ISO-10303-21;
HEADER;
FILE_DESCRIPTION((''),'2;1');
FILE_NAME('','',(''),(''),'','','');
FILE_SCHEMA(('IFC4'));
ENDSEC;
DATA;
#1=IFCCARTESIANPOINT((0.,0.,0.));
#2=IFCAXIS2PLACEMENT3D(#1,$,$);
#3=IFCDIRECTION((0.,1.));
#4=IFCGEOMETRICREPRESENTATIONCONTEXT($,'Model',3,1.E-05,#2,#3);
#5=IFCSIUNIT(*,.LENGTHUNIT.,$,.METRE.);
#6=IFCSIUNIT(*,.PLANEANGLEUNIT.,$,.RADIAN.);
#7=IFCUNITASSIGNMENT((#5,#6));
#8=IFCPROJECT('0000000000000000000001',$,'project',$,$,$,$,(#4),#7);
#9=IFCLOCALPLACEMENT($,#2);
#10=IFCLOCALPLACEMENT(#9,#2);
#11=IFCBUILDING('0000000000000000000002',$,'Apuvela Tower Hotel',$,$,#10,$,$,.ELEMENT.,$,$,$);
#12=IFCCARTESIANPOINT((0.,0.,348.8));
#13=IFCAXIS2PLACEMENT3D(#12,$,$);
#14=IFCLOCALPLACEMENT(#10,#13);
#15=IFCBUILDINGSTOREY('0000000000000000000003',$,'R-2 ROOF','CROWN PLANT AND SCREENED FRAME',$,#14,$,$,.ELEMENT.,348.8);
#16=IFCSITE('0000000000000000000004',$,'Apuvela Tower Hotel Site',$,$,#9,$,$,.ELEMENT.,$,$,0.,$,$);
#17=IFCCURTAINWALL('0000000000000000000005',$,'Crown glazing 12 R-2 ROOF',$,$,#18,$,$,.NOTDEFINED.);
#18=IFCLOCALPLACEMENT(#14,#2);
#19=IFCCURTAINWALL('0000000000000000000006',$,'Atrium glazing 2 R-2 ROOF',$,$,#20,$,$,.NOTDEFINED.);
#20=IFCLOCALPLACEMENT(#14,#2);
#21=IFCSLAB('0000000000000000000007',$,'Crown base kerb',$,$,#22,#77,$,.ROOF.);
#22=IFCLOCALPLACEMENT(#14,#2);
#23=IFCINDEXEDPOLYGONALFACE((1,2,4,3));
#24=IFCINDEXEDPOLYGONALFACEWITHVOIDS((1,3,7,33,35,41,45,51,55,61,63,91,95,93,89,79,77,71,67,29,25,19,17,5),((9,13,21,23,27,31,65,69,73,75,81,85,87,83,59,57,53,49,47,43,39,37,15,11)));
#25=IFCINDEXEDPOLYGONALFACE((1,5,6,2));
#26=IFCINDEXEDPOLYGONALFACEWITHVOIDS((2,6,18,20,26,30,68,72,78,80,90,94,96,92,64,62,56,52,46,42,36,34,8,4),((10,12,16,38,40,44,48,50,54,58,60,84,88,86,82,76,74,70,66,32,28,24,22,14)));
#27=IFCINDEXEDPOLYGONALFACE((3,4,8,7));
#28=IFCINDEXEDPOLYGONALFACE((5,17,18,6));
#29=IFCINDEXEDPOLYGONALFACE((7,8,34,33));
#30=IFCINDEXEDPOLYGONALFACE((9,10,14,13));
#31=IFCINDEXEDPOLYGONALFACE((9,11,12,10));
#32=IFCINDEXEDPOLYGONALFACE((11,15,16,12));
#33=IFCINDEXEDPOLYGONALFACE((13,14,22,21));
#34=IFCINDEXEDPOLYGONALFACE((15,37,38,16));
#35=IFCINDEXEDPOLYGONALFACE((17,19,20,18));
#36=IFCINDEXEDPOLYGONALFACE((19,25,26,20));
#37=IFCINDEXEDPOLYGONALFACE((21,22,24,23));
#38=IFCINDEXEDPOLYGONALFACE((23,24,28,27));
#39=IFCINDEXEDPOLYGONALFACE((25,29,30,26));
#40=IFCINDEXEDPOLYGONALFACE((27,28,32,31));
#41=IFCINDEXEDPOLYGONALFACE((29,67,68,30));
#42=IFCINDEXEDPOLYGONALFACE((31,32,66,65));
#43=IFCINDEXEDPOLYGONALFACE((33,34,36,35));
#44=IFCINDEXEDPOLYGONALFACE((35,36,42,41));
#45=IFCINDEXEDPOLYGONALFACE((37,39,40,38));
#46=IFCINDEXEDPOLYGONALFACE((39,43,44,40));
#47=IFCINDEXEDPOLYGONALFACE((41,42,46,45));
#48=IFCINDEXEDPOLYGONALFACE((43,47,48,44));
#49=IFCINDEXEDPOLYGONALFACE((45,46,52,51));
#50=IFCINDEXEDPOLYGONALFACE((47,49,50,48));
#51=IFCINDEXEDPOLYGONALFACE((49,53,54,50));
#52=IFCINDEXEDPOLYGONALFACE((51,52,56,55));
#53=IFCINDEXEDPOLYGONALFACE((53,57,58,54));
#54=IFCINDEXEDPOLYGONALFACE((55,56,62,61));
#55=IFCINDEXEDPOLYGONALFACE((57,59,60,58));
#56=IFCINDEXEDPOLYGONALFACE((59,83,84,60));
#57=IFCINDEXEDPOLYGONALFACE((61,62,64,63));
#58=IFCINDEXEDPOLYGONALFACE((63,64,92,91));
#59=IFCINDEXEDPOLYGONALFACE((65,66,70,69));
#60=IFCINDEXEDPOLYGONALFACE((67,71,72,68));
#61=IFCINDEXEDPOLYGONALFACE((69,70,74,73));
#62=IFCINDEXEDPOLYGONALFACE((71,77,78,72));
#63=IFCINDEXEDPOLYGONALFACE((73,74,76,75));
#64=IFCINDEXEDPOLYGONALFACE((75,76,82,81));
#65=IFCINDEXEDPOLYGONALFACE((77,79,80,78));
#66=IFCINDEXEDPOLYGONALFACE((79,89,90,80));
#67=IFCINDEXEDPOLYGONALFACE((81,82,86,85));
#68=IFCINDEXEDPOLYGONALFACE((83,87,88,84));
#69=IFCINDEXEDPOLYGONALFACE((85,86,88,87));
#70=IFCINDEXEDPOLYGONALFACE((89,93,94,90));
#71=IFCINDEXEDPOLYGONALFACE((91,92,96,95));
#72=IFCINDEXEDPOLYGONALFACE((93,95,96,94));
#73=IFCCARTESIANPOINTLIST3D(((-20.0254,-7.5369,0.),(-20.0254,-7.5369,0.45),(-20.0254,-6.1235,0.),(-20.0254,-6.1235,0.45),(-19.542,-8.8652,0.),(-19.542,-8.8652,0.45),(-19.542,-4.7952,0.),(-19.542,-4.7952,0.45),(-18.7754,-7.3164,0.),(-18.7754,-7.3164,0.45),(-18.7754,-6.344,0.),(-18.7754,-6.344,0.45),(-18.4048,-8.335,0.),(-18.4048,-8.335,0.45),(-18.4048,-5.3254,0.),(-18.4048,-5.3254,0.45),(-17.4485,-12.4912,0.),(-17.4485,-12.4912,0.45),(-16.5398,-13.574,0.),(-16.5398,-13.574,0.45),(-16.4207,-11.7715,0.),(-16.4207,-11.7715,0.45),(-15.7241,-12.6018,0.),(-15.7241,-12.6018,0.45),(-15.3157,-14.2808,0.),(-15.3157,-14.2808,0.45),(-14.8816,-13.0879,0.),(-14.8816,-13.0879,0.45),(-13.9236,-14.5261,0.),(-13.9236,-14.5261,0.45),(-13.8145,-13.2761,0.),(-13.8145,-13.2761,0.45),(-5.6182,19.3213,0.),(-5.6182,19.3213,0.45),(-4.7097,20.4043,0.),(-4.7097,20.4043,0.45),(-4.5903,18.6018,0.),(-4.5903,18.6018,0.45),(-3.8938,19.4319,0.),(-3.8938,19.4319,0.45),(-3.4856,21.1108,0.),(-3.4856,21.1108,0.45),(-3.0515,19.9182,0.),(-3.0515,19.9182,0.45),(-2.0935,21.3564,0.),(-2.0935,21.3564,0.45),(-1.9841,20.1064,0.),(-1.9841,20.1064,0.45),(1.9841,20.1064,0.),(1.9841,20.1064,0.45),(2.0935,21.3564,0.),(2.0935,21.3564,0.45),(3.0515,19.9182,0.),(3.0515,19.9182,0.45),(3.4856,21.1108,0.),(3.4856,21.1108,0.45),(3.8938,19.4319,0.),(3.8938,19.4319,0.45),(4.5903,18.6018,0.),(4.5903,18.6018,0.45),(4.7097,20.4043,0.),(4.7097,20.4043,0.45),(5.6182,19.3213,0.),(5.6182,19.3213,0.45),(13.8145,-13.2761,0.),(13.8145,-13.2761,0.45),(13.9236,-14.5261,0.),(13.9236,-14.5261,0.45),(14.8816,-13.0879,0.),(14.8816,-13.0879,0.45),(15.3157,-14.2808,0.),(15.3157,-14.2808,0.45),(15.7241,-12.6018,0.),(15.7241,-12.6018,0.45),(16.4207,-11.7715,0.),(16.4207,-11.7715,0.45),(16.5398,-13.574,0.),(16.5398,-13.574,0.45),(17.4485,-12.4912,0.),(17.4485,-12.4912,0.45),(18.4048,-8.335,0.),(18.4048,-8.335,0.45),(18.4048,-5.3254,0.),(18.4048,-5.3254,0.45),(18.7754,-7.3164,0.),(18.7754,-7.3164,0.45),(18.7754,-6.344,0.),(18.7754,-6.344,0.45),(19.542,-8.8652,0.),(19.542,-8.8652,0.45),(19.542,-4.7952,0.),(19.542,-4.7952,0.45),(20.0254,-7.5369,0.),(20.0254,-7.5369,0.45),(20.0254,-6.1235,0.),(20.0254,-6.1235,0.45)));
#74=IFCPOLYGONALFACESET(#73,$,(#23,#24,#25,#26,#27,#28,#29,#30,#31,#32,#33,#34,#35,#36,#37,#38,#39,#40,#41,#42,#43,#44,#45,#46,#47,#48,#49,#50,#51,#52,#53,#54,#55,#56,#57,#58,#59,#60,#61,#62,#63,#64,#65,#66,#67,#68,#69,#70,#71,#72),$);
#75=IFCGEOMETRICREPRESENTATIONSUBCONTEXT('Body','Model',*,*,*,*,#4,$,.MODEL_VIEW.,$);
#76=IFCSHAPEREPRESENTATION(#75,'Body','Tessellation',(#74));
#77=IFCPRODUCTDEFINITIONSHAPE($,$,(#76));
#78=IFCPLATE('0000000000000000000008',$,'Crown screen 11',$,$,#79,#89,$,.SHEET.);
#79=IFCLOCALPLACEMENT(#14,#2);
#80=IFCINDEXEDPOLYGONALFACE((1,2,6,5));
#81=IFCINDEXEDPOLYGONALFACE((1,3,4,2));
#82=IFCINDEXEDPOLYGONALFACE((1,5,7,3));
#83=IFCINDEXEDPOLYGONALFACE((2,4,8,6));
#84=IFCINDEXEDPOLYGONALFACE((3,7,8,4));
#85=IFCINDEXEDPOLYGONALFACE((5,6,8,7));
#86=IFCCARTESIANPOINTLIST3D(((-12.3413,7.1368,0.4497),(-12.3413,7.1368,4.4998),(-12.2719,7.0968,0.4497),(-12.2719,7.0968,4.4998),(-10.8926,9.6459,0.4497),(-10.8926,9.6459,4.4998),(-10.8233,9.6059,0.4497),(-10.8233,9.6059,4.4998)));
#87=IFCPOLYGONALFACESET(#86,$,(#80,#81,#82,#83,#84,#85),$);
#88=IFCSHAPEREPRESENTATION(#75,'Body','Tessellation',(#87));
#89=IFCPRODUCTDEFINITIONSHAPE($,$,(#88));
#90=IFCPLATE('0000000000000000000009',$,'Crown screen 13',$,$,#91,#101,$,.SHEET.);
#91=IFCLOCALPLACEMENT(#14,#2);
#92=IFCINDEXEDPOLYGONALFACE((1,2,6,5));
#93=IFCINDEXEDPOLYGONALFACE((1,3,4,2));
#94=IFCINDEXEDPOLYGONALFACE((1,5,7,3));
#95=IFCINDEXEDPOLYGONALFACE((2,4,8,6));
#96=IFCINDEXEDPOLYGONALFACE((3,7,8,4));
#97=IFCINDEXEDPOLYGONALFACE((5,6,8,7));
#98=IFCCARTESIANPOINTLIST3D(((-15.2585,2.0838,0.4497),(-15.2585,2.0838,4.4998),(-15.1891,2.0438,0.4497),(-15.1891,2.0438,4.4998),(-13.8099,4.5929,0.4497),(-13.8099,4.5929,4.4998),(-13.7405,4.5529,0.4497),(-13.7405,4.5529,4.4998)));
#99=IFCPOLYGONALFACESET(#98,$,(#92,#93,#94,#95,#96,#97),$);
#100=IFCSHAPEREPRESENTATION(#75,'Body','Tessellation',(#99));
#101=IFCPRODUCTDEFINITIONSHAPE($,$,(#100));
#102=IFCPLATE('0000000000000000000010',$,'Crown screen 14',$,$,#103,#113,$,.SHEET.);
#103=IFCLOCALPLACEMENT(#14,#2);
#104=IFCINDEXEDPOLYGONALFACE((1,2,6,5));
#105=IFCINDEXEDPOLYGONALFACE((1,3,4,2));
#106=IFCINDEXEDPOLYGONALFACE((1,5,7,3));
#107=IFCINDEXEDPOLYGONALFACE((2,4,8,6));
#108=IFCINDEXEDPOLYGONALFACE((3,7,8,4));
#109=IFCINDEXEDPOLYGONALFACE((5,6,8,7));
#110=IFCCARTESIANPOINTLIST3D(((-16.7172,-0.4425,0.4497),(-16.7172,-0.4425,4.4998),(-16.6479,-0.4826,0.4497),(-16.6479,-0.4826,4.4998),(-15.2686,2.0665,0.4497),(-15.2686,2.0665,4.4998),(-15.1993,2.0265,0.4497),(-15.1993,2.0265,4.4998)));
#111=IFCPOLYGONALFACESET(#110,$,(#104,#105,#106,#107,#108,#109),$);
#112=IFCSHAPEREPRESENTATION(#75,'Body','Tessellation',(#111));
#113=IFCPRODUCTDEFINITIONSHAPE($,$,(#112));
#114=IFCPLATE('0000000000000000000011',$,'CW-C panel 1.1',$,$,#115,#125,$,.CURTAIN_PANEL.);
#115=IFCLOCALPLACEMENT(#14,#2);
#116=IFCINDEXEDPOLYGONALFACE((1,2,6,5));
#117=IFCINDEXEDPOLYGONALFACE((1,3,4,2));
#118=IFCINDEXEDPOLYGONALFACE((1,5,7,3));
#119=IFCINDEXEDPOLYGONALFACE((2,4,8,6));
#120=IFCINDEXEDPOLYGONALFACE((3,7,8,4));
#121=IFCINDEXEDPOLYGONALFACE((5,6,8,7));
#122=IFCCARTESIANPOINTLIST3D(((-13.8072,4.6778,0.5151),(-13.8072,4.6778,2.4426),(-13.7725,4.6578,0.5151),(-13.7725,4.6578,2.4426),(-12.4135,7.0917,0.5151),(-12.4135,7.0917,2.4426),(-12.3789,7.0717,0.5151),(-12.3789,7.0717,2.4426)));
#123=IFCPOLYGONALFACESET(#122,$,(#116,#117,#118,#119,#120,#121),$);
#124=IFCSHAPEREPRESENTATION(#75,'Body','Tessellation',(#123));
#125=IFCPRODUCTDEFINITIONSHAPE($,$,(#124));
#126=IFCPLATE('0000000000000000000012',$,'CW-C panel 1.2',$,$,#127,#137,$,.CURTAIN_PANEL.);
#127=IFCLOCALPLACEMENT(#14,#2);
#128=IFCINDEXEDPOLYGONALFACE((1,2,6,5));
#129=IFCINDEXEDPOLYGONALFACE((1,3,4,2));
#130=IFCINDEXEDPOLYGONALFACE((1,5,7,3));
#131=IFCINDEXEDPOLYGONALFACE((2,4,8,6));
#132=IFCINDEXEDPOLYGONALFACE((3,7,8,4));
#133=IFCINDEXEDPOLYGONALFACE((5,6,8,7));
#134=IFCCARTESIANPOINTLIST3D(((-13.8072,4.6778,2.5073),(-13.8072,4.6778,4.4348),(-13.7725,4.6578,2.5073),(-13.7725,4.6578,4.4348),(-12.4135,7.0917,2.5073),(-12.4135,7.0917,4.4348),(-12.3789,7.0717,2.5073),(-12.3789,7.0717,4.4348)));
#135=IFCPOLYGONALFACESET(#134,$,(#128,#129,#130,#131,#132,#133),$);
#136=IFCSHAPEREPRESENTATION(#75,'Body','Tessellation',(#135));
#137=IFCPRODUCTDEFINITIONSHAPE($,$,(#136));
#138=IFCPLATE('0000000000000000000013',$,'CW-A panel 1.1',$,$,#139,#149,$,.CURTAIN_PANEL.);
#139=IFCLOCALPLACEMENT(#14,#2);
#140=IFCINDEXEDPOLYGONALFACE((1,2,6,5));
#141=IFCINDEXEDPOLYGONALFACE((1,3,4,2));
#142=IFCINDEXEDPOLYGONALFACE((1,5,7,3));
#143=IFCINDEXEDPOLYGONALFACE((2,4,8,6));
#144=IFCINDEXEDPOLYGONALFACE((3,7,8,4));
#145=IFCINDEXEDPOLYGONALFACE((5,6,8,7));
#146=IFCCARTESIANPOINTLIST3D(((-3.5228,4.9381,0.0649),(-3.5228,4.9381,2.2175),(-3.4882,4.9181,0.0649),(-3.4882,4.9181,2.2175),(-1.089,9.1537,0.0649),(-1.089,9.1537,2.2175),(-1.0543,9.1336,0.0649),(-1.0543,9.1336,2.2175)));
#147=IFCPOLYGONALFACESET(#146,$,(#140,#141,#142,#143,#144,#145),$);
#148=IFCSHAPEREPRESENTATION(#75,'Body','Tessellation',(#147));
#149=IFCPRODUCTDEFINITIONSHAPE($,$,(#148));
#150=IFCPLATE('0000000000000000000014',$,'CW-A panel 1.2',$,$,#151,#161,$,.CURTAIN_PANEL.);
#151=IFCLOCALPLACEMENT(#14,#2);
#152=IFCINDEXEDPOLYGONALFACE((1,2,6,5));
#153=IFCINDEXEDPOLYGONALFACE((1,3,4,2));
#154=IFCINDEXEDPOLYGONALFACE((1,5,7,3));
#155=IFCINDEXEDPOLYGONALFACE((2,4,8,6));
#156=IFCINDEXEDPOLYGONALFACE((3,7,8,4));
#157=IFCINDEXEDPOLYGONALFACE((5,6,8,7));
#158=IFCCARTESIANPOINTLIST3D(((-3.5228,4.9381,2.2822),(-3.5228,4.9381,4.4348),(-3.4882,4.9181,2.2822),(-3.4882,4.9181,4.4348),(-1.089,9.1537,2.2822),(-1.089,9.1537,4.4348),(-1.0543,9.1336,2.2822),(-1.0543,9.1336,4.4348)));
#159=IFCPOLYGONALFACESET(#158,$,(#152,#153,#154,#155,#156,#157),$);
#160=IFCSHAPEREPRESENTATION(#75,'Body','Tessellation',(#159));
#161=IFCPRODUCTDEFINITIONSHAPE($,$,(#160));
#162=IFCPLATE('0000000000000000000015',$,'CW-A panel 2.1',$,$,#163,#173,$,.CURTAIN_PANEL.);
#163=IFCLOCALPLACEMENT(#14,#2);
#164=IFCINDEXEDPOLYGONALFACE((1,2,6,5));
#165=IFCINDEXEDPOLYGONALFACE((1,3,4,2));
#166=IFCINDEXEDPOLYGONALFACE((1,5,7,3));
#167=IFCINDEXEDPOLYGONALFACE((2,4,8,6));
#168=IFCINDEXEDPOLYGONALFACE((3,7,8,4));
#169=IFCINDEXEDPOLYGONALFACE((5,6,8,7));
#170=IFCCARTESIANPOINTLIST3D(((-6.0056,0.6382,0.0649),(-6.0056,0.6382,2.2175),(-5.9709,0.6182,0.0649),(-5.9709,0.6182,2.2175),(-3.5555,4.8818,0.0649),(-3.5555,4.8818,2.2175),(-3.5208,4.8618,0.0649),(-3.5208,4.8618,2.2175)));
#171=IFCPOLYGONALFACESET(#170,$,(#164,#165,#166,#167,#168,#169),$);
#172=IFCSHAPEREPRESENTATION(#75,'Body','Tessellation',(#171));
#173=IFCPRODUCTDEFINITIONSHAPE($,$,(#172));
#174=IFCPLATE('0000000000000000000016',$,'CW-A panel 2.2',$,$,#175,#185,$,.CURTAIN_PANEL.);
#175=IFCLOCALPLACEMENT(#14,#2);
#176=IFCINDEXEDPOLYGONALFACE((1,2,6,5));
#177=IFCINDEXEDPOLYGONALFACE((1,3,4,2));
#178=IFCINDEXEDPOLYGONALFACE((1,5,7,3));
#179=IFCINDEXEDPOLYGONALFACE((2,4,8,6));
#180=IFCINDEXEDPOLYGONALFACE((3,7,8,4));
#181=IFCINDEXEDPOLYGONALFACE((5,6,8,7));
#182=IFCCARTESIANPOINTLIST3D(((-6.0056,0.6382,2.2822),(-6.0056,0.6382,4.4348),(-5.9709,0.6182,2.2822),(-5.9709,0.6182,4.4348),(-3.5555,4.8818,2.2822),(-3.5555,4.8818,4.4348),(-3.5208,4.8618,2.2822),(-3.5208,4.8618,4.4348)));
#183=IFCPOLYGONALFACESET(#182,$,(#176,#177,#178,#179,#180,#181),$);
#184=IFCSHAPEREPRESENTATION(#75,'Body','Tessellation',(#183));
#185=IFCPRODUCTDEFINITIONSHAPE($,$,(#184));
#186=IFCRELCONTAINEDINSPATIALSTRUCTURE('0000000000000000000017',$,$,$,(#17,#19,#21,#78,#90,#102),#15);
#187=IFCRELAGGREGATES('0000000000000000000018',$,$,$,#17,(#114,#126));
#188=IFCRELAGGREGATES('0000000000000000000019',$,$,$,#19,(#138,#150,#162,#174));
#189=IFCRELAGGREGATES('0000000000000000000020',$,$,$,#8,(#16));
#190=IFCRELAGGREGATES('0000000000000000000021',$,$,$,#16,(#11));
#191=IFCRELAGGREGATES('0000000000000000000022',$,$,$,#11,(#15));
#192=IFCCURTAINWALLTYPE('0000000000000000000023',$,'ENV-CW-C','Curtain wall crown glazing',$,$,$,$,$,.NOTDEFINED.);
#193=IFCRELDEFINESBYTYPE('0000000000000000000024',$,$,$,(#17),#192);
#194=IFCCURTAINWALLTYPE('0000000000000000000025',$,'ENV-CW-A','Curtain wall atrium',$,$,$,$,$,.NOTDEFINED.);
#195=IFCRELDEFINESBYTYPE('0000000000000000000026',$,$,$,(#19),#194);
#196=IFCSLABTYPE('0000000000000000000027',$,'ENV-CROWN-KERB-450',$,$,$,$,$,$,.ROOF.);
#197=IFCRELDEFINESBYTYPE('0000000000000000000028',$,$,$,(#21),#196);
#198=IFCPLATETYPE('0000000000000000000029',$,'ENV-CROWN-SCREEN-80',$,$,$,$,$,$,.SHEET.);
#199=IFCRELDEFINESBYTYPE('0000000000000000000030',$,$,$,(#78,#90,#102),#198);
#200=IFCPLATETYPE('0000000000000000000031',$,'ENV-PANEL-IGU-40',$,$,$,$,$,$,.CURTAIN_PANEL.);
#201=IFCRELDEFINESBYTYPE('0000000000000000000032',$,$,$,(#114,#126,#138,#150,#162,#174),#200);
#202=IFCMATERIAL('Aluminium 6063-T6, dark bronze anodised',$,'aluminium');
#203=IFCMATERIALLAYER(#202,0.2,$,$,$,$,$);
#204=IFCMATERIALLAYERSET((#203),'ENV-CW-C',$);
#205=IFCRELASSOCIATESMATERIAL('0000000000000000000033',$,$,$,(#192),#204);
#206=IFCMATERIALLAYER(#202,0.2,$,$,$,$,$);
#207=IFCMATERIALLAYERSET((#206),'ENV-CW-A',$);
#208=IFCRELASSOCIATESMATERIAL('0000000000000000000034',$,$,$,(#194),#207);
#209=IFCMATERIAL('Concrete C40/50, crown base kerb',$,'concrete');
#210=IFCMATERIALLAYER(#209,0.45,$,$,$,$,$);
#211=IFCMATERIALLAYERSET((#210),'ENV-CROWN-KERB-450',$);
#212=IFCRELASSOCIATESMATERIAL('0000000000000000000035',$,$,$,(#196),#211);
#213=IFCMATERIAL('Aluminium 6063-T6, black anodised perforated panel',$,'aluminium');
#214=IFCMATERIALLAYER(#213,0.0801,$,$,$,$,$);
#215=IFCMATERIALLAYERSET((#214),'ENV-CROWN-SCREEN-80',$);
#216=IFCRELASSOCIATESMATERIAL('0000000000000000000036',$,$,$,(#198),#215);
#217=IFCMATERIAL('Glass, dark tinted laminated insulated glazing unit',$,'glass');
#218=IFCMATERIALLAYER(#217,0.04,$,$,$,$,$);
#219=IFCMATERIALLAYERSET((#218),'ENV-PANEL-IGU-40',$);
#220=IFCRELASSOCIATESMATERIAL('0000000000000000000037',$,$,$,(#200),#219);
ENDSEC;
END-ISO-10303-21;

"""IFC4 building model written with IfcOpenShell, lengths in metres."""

from ifc_helpers import new_model, si_unit, direction, frame, origin, origin_2d, place, context, subcontext, project, spatial, polyline, rectangle, outline, extrude, material, layer, layer_set, type_object, element, aggregate, save


model = new_model("IFC4")

# Units and contexts
model_context = context("Model", 3, precision=1e-05, world=origin(), true_north=direction((0.0, 1.0)))
body_context = subcontext(model_context, "Body", "Model", "MODEL_VIEW")
ifc_project = project(units=[si_unit("LENGTHUNIT", "METRE"), si_unit("PLANEANGLEUNIT", "RADIAN")], contexts=[model_context])

# Site, building, storey
site_placement = place(None, origin())
site = spatial("IfcSite", under=ifc_project, at=site_placement, Name="Apuvela Tower Hotel Site", CompositionType="ELEMENT", RefElevation=0.0)
building_placement = place(site_placement, origin())
building = spatial("IfcBuilding", under=site, at=building_placement, Name="Apuvela Tower Hotel", CompositionType="ELEMENT")
storey_placement = place(building_placement, frame((0.0, 0.0, 348.8)))
storey = spatial("IfcBuildingStorey", under=building, at=storey_placement, Name="R-2 ROOF", Description="CROWN PLANT AND SCREENED FRAME", CompositionType="ELEMENT", Elevation=348.8)

# Curtain walls
ifc_material_1 = material(Name="Aluminium 6063-T6, dark bronze anodised", Category="aluminium")
ifc_layer_1 = layer(ifc_material_1, 0.2)
ifc_layer_set_1 = layer_set([ifc_layer_1], Name="ENV-CW-C")
curtain_wall_type_1 = type_object("IfcCurtainWallType", Name="ENV-CW-C", Description="Curtain wall crown glazing", PredefinedType="NOTDEFINED", material=ifc_layer_set_1)
curtain_wall_1_placement = place(storey_placement, origin())
curtain_wall_1 = element("IfcCurtainWall", 1, at=curtain_wall_1_placement, inside=storey, type_object=curtain_wall_type_1, Name="Crown glazing 12 R-2 ROOF", PredefinedType="NOTDEFINED")
ifc_layer_2 = layer(ifc_material_1, 0.2)
ifc_layer_set_2 = layer_set([ifc_layer_2], Name="ENV-CW-A")
curtain_wall_type_2 = type_object("IfcCurtainWallType", Name="ENV-CW-A", Description="Curtain wall atrium", PredefinedType="NOTDEFINED", material=ifc_layer_set_2)
curtain_wall_2_placement = place(storey_placement, origin())
curtain_wall_2 = element("IfcCurtainWall", 2, at=curtain_wall_2_placement, inside=storey, type_object=curtain_wall_type_2, Name="Atrium glazing 2 R-2 ROOF", PredefinedType="NOTDEFINED")

# Slab
ifc_material_2 = material(Name="Concrete C40/50, crown base kerb", Category="concrete")
ifc_layer_3 = layer(ifc_material_2, 0.45)
ifc_layer_set_3 = layer_set([ifc_layer_3], Name="ENV-CROWN-KERB-450")
slab_type = type_object("IfcSlabType", Name="ENV-CROWN-KERB-450", PredefinedType="ROOF", material=ifc_layer_set_3)
slab_placement = place(storey_placement, origin())
element("IfcSlab", 3, at=slab_placement, inside=storey, type_object=slab_type, Name="Crown base kerb", PredefinedType="ROOF", context=body_context, shape_type="SweptSolid", body=[
    extrude(outline(polyline([(5.6182, 19.3213), (4.7097, 20.4043), (3.4856, 21.1108), (2.0935, 21.3564), (-2.0935, 21.3564), (-3.4856, 21.1108), (-4.7097, 20.4043), (-5.6182, 19.3213), (-19.542, -4.7952), (-20.0254, -6.1235), (-20.0254, -7.5369), (-19.542, -8.8652), (-17.4485, -12.4912), (-16.5398, -13.574), (-15.3157, -14.2808), (-13.9236, -14.5261), (13.9236, -14.5261), (15.3157, -14.2808), (16.5398, -13.574), (17.4485, -12.4912), (19.542, -8.8652), (20.0254, -7.5369), (20.0254, -6.1235), (19.542, -4.7952), (5.6182, 19.3213)]), holes=[polyline([(3.8938, 19.4319), (3.0515, 19.9182), (1.9841, 20.1064), (-1.9841, 20.1064), (-3.0515, 19.9182), (-3.8938, 19.4319), (-4.5903, 18.6018), (-18.4048, -5.3254), (-18.7754, -6.344), (-18.7754, -7.3164), (-18.4048, -8.335), (-16.4207, -11.7715), (-15.7241, -12.6018), (-14.8816, -13.0879), (-13.8145, -13.2761), (13.8145, -13.2761), (14.8816, -13.0879), (15.7241, -12.6018), (16.4207, -11.7715), (18.4048, -8.335), (18.7754, -7.3164), (18.7754, -6.344), (18.4048, -5.3254), (4.5903, 18.6018), (3.8938, 19.4319)])]), origin(), (0.0, 0.0, 1.0), 0.45),
])

# Plates
ifc_material_3 = material(Name="Aluminium 6063-T6, black anodised perforated panel", Category="aluminium")
ifc_layer_4 = layer(ifc_material_3, 0.0801)
ifc_layer_set_4 = layer_set([ifc_layer_4], Name="ENV-CROWN-SCREEN-80")
plate_type_1 = type_object("IfcPlateType", Name="ENV-CROWN-SCREEN-80", PredefinedType="SHEET", material=ifc_layer_set_4)
for number, where, z_axis, x_axis, name in (
    (4, (-11.5823, 8.3713, 0.4497), (0.0, 0.0, 1.0), (-0.5, -0.866025, 0.0), "Crown screen 11"),
    (5, (-14.4995, 3.3184, 0.4497), (0.0, 0.0, 1.0), (-0.5, -0.866025, 0.0), "Crown screen 13"),
    (6, (-15.9583, 0.792, 0.4497), (0.0, 0.0, 1.0), (-0.5, -0.866025, 0.0), "Crown screen 14"),
):
    element("IfcPlate", number, at=place(storey_placement, frame(where, z_axis=z_axis, x_axis=x_axis)), inside=storey, type_object=plate_type_1, Name=name, PredefinedType="SHEET", context=body_context, shape_type="SweptSolid", body=[
        extrude(rectangle(XDim=2.8972, YDim=0.0801, at=origin_2d()), origin(), (0.0, 0.0, 1.0), 4.05),
    ])

# Plates
ifc_material_4 = material(Name="Glass, dark tinted laminated insulated glazing unit", Category="glass")
ifc_layer_5 = layer(ifc_material_4, 0.04)
ifc_layer_set_5 = layer_set([ifc_layer_5], Name="ENV-PANEL-IGU-40")
plate_type_2 = type_object("IfcPlateType", Name="ENV-PANEL-IGU-40", PredefinedType="CURTAIN_PANEL", material=ifc_layer_set_5)
plate_1_placement = place(storey_placement, frame((-13.093, 5.8748, 0.5151), z_axis=(0.0, 0.0, 1.0), x_axis=(-0.499981, -0.866037, 0.0)))
plate_1 = element("IfcPlate", 7, at=plate_1_placement, type_object=plate_type_2, Name="CW-C panel 1.1", PredefinedType="CURTAIN_PANEL", context=body_context, shape_type="SweptSolid", body=[
    extrude(rectangle(XDim=2.7874, YDim=0.04, at=origin_2d()), origin(), (0.0, 0.0, 1.0), 1.9275),
])
plate_2_placement = place(storey_placement, frame((-13.093, 5.8748, 2.5073), z_axis=(0.0, 0.0, 1.0), x_axis=(-0.499981, -0.866037, 0.0)))
plate_2 = element("IfcPlate", 8, at=plate_2_placement, type_object=plate_type_2, Name="CW-C panel 1.2", PredefinedType="CURTAIN_PANEL", context=body_context, shape_type="SweptSolid", body=[
    extrude(rectangle(XDim=2.7874, YDim=0.04, at=origin_2d()), origin(), (0.0, 0.0, 1.0), 1.9275),
])
aggregate(curtain_wall_1, [plate_1, plate_2])
plate_3_placement = place(storey_placement, frame((-2.2886, 7.0359, 0.0649), z_axis=(0.0, 0.0, 1.0), x_axis=(-0.499999, -0.866026, 0.0)))
plate_3 = element("IfcPlate", 9, at=plate_3_placement, type_object=plate_type_2, Name="CW-A panel 1.1", PredefinedType="CURTAIN_PANEL", context=body_context, shape_type="SweptSolid", body=[
    extrude(rectangle(XDim=4.8677, YDim=0.04, at=origin_2d()), origin(), (0.0, 0.0, 1.0), 2.1526),
])
plate_4_placement = place(storey_placement, frame((-2.2886, 7.0359, 2.2822), z_axis=(0.0, 0.0, 1.0), x_axis=(-0.499999, -0.866026, 0.0)))
plate_4 = element("IfcPlate", 10, at=plate_4_placement, type_object=plate_type_2, Name="CW-A panel 1.2", PredefinedType="CURTAIN_PANEL", context=body_context, shape_type="SweptSolid", body=[
    extrude(rectangle(XDim=4.8677, YDim=0.04, at=origin_2d()), origin(), (0.0, 0.0, 1.0), 2.1526),
])
plate_5_placement = place(storey_placement, frame((-4.7632, 2.75, 0.0649), z_axis=(0.0, 0.0, 1.0), x_axis=(-0.499999, -0.866026, 0.0)))
plate_5 = element("IfcPlate", 11, at=plate_5_placement, type_object=plate_type_2, Name="CW-A panel 2.1", PredefinedType="CURTAIN_PANEL", context=body_context, shape_type="SweptSolid", body=[
    extrude(rectangle(XDim=4.9001, YDim=0.04, at=origin_2d()), origin(), (0.0, 0.0, 1.0), 2.1526),
])
plate_6_placement = place(storey_placement, frame((-4.7632, 2.75, 2.2822), z_axis=(0.0, 0.0, 1.0), x_axis=(-0.499999, -0.866026, 0.0)))
plate_6 = element("IfcPlate", 12, at=plate_6_placement, type_object=plate_type_2, Name="CW-A panel 2.2", PredefinedType="CURTAIN_PANEL", context=body_context, shape_type="SweptSolid", body=[
    extrude(rectangle(XDim=4.9001, YDim=0.04, at=origin_2d()), origin(), (0.0, 0.0, 1.0), 2.1526),
])
aggregate(curtain_wall_2, [plate_3, plate_4, plate_5, plate_6])

save(model, "model.ifc")
